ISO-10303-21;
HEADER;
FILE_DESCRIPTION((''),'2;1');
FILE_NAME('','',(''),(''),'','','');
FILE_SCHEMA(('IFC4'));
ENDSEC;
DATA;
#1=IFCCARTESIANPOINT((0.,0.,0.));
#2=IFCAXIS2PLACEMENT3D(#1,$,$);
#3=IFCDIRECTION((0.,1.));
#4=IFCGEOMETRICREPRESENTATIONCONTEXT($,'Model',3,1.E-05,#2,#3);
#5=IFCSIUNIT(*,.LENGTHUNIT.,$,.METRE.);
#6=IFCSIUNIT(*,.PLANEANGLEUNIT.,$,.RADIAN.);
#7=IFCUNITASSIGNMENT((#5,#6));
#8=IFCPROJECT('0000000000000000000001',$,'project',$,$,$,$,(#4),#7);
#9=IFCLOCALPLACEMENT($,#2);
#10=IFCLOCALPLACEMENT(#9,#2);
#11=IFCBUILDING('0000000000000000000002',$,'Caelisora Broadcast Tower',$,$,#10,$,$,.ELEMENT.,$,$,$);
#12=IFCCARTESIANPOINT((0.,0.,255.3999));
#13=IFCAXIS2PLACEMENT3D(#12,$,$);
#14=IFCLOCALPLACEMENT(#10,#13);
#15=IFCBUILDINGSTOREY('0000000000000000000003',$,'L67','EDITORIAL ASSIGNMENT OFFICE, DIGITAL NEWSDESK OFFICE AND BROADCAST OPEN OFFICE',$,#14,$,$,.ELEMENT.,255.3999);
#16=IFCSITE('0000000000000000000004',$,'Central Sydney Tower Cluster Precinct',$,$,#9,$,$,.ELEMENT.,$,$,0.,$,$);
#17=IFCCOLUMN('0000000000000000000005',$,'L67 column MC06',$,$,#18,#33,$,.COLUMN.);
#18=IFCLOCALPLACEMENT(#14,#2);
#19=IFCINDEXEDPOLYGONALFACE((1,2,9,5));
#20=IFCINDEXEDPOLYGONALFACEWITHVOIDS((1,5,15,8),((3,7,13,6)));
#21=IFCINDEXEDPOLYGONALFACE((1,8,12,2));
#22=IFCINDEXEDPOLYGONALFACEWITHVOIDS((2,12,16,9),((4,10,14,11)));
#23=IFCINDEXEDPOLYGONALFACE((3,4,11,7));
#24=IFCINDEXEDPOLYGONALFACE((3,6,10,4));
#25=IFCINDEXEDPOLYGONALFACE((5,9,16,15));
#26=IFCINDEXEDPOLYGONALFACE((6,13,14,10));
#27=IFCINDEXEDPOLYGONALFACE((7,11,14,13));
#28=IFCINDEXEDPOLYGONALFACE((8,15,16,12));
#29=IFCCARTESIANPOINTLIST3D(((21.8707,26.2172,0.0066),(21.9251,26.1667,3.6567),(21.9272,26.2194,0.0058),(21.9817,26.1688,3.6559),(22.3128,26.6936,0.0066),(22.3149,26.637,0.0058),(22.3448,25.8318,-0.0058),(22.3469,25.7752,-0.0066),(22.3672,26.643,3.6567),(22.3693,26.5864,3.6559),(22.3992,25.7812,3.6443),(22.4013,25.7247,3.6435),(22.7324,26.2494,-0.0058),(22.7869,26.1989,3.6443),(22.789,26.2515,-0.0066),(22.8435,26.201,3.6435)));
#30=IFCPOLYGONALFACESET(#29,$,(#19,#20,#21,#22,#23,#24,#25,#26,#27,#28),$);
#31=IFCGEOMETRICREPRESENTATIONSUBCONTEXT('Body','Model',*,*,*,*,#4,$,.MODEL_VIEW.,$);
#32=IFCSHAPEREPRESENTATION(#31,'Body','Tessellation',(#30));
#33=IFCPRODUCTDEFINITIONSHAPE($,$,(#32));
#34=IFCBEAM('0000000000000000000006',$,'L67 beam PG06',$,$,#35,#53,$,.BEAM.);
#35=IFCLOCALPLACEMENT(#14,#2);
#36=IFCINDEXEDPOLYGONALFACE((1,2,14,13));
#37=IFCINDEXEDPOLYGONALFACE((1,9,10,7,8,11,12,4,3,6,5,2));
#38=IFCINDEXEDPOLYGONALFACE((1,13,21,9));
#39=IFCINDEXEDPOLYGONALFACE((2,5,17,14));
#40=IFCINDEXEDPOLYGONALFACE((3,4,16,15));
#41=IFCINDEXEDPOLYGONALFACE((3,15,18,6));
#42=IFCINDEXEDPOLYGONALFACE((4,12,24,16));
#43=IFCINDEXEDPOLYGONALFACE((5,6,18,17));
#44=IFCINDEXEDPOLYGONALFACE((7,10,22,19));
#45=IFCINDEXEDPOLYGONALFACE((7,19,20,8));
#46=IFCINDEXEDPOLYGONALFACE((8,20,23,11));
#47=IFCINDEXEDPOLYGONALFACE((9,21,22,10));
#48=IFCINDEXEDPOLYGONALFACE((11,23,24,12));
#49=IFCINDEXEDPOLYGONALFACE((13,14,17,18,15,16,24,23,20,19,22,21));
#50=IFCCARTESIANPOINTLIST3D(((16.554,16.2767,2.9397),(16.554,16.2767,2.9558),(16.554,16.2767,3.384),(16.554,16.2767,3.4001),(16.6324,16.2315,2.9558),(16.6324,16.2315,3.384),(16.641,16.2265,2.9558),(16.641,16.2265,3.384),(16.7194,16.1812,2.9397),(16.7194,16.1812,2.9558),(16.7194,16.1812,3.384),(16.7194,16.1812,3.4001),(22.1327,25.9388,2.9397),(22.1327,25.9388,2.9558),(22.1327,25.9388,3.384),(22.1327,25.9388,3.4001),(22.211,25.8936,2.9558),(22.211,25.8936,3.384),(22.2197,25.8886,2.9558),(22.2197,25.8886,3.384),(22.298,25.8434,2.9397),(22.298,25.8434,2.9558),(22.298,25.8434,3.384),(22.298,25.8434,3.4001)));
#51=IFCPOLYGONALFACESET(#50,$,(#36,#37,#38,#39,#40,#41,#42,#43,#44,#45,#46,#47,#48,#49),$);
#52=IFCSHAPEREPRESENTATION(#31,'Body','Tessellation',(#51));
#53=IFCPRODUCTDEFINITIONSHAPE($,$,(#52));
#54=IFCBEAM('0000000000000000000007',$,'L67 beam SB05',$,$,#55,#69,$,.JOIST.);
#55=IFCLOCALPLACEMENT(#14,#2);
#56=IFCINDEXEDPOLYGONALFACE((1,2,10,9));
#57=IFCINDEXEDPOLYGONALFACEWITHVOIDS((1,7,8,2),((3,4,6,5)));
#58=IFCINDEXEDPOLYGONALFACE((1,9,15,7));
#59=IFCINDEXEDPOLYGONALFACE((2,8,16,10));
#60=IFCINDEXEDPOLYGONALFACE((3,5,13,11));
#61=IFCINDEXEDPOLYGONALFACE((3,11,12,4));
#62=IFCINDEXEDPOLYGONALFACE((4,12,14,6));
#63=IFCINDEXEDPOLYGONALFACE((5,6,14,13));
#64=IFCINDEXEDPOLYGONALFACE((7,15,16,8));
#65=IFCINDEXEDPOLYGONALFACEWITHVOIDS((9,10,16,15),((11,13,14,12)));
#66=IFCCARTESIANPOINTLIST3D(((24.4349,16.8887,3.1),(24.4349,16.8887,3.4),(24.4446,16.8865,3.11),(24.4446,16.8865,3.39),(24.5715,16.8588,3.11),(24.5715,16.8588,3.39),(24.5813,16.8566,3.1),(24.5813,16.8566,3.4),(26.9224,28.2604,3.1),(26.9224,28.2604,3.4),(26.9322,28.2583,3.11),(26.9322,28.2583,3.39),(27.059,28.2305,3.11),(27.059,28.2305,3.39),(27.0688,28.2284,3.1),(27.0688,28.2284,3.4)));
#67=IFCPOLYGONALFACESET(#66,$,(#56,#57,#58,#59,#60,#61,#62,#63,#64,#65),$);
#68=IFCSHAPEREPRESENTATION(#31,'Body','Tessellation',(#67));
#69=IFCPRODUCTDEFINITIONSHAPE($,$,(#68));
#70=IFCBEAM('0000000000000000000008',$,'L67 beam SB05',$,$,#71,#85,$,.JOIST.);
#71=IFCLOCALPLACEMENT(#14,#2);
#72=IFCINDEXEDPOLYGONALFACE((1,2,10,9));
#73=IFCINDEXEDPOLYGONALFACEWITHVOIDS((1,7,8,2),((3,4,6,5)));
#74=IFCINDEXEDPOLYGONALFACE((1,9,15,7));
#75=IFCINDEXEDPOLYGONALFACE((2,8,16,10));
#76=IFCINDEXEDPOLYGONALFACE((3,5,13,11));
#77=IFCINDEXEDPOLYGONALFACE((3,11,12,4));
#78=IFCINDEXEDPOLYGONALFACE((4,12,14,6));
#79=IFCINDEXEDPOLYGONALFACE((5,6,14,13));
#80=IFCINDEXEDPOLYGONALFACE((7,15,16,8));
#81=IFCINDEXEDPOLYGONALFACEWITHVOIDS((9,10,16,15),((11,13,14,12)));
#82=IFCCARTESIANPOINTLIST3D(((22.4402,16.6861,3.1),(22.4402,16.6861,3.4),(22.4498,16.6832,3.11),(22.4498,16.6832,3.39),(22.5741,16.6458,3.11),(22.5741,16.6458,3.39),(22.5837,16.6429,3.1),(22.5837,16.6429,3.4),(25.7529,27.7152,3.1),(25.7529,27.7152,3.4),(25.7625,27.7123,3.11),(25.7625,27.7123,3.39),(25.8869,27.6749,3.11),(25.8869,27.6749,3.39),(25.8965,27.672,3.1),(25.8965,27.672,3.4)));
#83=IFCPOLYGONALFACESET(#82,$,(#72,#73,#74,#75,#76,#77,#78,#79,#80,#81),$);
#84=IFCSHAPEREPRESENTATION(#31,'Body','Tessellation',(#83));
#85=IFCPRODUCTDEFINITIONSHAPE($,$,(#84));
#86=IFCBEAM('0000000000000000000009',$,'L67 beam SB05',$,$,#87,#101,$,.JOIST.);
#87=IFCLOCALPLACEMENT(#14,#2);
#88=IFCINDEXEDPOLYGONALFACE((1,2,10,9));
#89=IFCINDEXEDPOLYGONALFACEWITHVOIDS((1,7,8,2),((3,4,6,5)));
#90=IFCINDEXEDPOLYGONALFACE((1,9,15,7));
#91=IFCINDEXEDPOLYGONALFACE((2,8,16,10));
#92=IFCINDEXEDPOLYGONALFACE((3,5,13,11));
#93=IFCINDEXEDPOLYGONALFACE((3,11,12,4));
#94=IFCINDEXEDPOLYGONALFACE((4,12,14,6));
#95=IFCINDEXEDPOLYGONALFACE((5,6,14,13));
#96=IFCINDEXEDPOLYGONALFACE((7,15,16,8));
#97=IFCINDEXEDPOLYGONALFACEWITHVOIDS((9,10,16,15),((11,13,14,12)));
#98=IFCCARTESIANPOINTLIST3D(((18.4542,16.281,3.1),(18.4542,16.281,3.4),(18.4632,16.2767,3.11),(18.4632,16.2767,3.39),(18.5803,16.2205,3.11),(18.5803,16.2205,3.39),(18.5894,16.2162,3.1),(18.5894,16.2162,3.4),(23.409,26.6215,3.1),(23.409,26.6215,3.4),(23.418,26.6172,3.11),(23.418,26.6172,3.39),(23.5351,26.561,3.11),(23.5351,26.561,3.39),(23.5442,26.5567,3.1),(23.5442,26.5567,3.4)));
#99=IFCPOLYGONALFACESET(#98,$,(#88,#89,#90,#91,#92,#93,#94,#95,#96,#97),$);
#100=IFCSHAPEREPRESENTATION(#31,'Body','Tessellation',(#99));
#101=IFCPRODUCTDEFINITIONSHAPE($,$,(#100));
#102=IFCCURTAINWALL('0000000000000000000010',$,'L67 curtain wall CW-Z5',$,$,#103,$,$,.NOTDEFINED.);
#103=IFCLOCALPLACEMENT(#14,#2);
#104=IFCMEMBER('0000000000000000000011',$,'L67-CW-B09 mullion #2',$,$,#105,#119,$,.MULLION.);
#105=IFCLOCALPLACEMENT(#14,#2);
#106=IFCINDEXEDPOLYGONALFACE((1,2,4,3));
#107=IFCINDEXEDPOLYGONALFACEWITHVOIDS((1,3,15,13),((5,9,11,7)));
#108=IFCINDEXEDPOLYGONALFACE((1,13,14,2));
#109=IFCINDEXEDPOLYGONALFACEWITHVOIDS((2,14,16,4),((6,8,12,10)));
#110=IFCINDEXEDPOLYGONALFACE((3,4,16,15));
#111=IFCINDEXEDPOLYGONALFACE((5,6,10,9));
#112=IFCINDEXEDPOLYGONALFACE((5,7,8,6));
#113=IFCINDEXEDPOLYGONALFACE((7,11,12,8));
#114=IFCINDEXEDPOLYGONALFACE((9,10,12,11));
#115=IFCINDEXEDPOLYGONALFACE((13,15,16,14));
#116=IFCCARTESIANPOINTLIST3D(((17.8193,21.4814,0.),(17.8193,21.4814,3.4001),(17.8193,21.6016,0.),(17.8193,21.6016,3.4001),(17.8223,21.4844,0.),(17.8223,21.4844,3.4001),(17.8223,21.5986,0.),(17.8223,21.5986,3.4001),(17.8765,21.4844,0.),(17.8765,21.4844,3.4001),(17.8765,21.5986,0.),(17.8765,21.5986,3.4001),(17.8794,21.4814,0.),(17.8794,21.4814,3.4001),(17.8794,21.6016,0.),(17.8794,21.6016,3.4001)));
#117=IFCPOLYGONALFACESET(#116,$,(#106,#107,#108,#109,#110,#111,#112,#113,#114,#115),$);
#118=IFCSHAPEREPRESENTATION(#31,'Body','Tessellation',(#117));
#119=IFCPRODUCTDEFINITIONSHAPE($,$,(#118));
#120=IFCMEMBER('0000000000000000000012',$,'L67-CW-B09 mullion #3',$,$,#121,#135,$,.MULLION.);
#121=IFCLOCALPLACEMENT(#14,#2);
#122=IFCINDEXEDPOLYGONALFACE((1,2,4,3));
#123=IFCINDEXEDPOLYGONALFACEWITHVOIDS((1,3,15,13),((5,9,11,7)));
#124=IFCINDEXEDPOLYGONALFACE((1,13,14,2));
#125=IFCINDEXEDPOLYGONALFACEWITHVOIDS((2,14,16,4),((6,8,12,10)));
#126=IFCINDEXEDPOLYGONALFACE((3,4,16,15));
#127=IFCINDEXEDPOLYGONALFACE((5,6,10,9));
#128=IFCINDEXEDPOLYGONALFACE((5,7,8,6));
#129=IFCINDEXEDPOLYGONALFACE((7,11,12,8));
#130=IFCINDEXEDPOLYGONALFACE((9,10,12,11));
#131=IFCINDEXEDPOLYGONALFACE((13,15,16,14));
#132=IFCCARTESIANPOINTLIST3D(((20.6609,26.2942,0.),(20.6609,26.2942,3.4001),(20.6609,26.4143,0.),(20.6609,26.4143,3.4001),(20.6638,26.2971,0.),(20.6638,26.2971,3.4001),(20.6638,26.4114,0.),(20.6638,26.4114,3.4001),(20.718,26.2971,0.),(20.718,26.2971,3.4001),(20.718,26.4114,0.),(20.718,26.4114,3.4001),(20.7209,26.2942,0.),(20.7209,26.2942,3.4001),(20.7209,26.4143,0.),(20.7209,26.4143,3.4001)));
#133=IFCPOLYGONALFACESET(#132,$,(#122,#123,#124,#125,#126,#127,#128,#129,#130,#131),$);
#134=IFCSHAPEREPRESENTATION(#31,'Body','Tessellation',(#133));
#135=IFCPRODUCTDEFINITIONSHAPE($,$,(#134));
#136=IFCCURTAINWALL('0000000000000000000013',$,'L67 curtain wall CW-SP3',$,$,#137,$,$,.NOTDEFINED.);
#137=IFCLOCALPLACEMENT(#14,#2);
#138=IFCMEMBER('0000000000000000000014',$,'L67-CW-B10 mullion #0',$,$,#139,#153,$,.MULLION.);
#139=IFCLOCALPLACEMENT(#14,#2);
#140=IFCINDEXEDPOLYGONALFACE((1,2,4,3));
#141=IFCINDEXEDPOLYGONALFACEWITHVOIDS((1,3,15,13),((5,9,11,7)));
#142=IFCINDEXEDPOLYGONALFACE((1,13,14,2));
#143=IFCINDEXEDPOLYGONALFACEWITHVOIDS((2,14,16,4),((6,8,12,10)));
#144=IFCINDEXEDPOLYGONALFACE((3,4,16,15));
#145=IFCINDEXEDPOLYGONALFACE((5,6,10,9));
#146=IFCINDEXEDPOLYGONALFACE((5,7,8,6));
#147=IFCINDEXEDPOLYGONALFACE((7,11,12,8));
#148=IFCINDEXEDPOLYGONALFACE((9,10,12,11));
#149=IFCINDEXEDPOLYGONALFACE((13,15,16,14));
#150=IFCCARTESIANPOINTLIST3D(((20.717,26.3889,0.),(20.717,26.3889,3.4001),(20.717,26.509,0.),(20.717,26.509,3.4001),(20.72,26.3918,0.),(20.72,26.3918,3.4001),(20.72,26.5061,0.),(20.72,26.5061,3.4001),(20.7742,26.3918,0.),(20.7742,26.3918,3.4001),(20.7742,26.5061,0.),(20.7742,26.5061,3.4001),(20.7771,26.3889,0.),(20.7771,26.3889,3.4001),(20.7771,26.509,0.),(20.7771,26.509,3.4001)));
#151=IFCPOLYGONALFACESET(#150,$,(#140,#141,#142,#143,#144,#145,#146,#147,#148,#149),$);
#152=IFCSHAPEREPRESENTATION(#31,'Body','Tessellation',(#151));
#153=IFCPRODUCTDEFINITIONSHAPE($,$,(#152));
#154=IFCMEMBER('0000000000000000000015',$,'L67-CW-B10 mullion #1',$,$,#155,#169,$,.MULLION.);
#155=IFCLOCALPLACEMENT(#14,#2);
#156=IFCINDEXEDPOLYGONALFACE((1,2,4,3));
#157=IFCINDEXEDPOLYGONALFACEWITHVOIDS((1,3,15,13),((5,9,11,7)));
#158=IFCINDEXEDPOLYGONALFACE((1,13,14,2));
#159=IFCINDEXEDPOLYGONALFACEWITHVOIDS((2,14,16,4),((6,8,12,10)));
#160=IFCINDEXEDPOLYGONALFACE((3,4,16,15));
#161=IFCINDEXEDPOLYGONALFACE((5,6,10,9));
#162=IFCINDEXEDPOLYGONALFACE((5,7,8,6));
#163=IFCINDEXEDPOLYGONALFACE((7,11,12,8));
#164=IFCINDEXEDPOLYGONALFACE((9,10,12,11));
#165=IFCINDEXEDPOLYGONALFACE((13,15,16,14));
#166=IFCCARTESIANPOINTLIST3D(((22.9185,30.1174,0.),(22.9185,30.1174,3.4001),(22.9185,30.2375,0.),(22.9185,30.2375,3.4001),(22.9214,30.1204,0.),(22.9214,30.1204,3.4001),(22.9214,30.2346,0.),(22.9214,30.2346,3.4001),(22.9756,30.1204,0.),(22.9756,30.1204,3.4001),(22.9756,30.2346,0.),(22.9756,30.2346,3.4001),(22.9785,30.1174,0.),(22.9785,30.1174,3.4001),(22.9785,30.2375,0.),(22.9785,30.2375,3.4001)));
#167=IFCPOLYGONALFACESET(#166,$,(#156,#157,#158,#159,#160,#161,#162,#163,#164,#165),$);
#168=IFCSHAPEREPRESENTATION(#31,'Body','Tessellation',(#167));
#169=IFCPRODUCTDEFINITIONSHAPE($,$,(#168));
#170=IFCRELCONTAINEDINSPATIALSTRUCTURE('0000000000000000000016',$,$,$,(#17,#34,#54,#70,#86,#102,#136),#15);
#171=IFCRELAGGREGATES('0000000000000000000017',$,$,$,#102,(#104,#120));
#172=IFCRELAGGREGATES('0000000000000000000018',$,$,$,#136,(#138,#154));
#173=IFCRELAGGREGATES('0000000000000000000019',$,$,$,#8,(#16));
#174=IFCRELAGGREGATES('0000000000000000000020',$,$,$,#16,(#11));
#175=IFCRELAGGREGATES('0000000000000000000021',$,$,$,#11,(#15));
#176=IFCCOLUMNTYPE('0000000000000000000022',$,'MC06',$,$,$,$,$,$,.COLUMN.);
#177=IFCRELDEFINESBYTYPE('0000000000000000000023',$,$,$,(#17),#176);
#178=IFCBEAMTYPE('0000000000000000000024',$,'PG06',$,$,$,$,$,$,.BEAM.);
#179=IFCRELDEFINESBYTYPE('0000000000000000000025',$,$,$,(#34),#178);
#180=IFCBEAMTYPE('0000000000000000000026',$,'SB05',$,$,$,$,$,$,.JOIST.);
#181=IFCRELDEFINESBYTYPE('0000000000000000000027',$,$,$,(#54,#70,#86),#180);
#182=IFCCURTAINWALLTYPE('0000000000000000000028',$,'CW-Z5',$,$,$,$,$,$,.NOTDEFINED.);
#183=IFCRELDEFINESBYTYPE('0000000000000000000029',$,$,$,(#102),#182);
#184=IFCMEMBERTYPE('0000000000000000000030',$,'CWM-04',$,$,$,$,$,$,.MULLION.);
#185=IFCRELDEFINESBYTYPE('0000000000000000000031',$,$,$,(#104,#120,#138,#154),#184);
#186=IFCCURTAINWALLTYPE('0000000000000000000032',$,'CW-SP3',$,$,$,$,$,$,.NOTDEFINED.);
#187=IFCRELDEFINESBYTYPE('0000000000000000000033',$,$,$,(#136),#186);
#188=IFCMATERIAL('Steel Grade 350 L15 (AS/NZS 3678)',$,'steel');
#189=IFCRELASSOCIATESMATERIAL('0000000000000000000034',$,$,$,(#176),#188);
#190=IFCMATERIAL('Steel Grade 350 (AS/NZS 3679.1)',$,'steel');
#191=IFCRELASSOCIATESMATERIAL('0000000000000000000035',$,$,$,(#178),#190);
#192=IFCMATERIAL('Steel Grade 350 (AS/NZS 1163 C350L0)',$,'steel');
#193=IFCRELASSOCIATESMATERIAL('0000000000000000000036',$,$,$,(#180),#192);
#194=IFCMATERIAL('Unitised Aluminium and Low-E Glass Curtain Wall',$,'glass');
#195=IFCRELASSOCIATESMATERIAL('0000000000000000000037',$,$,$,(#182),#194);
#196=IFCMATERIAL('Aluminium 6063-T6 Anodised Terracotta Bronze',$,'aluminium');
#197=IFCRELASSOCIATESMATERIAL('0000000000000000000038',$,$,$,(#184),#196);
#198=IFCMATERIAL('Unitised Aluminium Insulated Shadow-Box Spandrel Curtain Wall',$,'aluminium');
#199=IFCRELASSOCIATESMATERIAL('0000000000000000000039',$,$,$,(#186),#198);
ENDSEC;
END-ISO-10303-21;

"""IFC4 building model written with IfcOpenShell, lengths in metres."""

from ifc_helpers import new_model, si_unit, direction, frame, origin, origin_2d, place, context, subcontext, project, spatial, hollow_rectangle, i_section, extrude, source, transform, mapped, material, material_profile, profile_set, type_object, type_shapes, element, aggregate, save


model = new_model("IFC4")

# Units and contexts
model_context = context("Model", 3, precision=1e-05, world=origin(), true_north=direction((0.0, 1.0)))
body_context = subcontext(model_context, "Body", "Model", "MODEL_VIEW")
ifc_project = project(units=[si_unit("LENGTHUNIT", "METRE"), si_unit("PLANEANGLEUNIT", "RADIAN")], contexts=[model_context])

# Site, building, storey
site_placement = place(None, origin())
site = spatial("IfcSite", under=ifc_project, at=site_placement, Name="Central Sydney Tower Cluster Precinct", CompositionType="ELEMENT", RefElevation=0.0)
building_placement = place(site_placement, origin())
building = spatial("IfcBuilding", under=site, at=building_placement, Name="Caelisora Broadcast Tower", CompositionType="ELEMENT")
storey_placement = place(building_placement, frame((0.0, 0.0, 255.3999)))
storey = spatial("IfcBuildingStorey", under=building, at=storey_placement, Name="L67", Description="EDITORIAL ASSIGNMENT OFFICE, DIGITAL NEWSDESK OFFICE AND BROADCAST OPEN OFFICE", CompositionType="ELEMENT", Elevation=255.3999)

# Column
ifc_material_1 = material(Name="Steel Grade 350 L15 (AS/NZS 3678)", Category="steel")
ifc_material_profile_1 = material_profile(ifc_material_1, hollow_rectangle(XDim=0.6499, YDim=0.6499, WallThickness=0.04, at=origin_2d()), Name="Steel Grade 350 L15 (AS/NZS 3678)")
ifc_profile_set_1 = profile_set([ifc_material_profile_1], Name="Steel Grade 350 L15 (AS/NZS 3678)")
column_type = type_object("IfcColumnType", Name="MC06", PredefinedType="COLUMN", material=ifc_profile_set_1)
shared_shape_1 = source(origin(), body_context, "Body", "SweptSolid", [
    extrude(hollow_rectangle(XDim=0.6499, YDim=0.6499, WallThickness=0.04, at=origin_2d()), origin(), (0.0, 0.0, 1.0), 3.6509),
])
type_shapes(column_type, [shared_shape_1])
column_placement = place(storey_placement, frame((22.3298, 26.2344, 0.0), z_axis=(0.014912, -0.013842, 0.999793), x_axis=(0.680325, 0.732911, 0.0)))
element("IfcColumn", 1, at=column_placement, inside=storey, type_object=column_type, Name="L67 column MC06", PredefinedType="COLUMN", context=body_context, shape_type="MappedRepresentation", body=[
    mapped(shared_shape_1, transform((0.0, 0.0, 0.0), scale=1.0)),
])

# Beams
ifc_material_2 = material(Name="Steel Grade 350 (AS/NZS 3679.1)", Category="steel")
ifc_material_profile_2 = material_profile(ifc_material_2, i_section(OverallWidth=0.1909, OverallDepth=0.4604, WebThickness=0.01, FlangeThickness=0.0161, at=origin_2d()), Name="Steel Grade 350 (AS/NZS 3679.1)")
ifc_profile_set_2 = profile_set([ifc_material_profile_2], Name="Steel Grade 350 (AS/NZS 3679.1)")
beam_type_1 = type_object("IfcBeamType", Name="PG06", PredefinedType="BEAM", material=ifc_profile_set_2)
shared_shape_2 = source(origin(), body_context, "Body", "SweptSolid", [
    extrude(i_section(OverallWidth=0.1909, OverallDepth=0.4604, WebThickness=0.01, FlangeThickness=0.0161, at=origin_2d()), origin(), (0.0, 0.0, 1.0), 11.157),
])
type_shapes(beam_type_1, [shared_shape_2])
beam_1_placement = place(storey_placement, frame((22.2153, 25.8911, 3.1699), z_axis=(-0.500013, -0.866018, 0.0), x_axis=(0.866018, -0.500013, 0.0)))
element("IfcBeam", 2, at=beam_1_placement, inside=storey, type_object=beam_type_1, Name="L67 beam PG06", PredefinedType="BEAM", context=body_context, shape_type="MappedRepresentation", body=[
    mapped(shared_shape_2, transform((0.0, 0.0, 0.0), scale=1.0)),
])
ifc_material_3 = material(Name="Steel Grade 350 (AS/NZS 1163 C350L0)", Category="steel")
ifc_material_profile_3 = material_profile(ifc_material_3, hollow_rectangle(XDim=0.1499, YDim=0.3, WallThickness=0.01, at=origin_2d()), Name="Steel Grade 350 (AS/NZS 1163 C350L0)")
ifc_profile_set_3 = profile_set([ifc_material_profile_3], Name="Steel Grade 350 (AS/NZS 1163 C350L0)")
beam_type_2 = type_object("IfcBeamType", Name="SB05", PredefinedType="JOIST", material=ifc_profile_set_3)
shared_shape_3 = source(origin(), body_context, "Body", "SweptSolid", [
    extrude(hollow_rectangle(XDim=0.1499, YDim=0.3, WallThickness=0.01, at=origin_2d()), origin(), (0.0, 0.0, 1.0), 11.6406),
])
beam_2_placement = place(storey_placement, frame((26.9956, 28.2444, 3.25), z_axis=(-0.213694, -0.976901, 0.0), x_axis=(0.976901, -0.213694, 0.0)))
element("IfcBeam", 3, at=beam_2_placement, inside=storey, type_object=beam_type_2, Name="L67 beam SB05", PredefinedType="JOIST", context=body_context, shape_type="MappedRepresentation", body=[
    mapped(shared_shape_3, transform((0.0, 0.0, 0.0), scale=1.0)),
])
shared_shape_4 = source(origin(), body_context, "Body", "SweptSolid", [
    extrude(hollow_rectangle(XDim=0.1499, YDim=0.3, WallThickness=0.01, at=origin_2d()), origin(), (0.0, 0.0, 1.0), 11.5159),
])
beam_3_placement = place(storey_placement, frame((25.8247, 27.6936, 3.25), z_axis=(-0.287669, -0.95773, 0.0), x_axis=(0.95773, -0.287669, 0.0)))
element("IfcBeam", 4, at=beam_3_placement, inside=storey, type_object=beam_type_2, Name="L67 beam SB05", PredefinedType="JOIST", context=body_context, shape_type="MappedRepresentation", body=[
    mapped(shared_shape_4, transform((0.0, 0.0, 0.0), scale=1.0)),
])
shared_shape_5 = source(origin(), body_context, "Body", "SweptSolid", [
    extrude(hollow_rectangle(XDim=0.1499, YDim=0.3, WallThickness=0.01, at=origin_2d()), origin(), (0.0, 0.0, 1.0), 11.4663),
])
type_shapes(beam_type_2, [shared_shape_3, shared_shape_4, shared_shape_5])
beam_4_placement = place(storey_placement, frame((23.4766, 26.5891, 3.25), z_axis=(-0.432118, -0.901817, 0.0), x_axis=(0.901817, -0.432118, 0.0)))
element("IfcBeam", 5, at=beam_4_placement, inside=storey, type_object=beam_type_2, Name="L67 beam SB05", PredefinedType="JOIST", context=body_context, shape_type="MappedRepresentation", body=[
    mapped(shared_shape_5, transform((0.0, 0.0, 0.0), scale=1.0)),
])

# Curtain walls, members
ifc_material_4 = material(Name="Unitised Aluminium and Low-E Glass Curtain Wall", Category="glass")
curtain_wall_type_1 = type_object("IfcCurtainWallType", Name="CW-Z5", PredefinedType="NOTDEFINED", material=ifc_material_4)
curtain_wall_1_placement = place(storey_placement, origin())
curtain_wall_1 = element("IfcCurtainWall", 6, at=curtain_wall_1_placement, inside=storey, type_object=curtain_wall_type_1, Name="L67 curtain wall CW-Z5", PredefinedType="NOTDEFINED")
ifc_material_5 = material(Name="Aluminium 6063-T6 Anodised Terracotta Bronze", Category="aluminium")
ifc_material_profile_4 = material_profile(ifc_material_5, hollow_rectangle(XDim=0.0601, YDim=0.1201, WallThickness=0.0029, at=origin_2d()), Name="Aluminium 6063-T6 Anodised Terracotta Bronze")
ifc_profile_set_4 = profile_set([ifc_material_profile_4], Name="Aluminium 6063-T6 Anodised Terracotta Bronze")
member_type_1 = type_object("IfcMemberType", Name="CWM-04", PredefinedType="MULLION", material=ifc_profile_set_4)
shared_shape_6 = source(origin(), body_context, "Body", "SweptSolid", [
    extrude(hollow_rectangle(XDim=0.0601, YDim=0.1201, WallThickness=0.0029, at=origin_2d()), origin(), (0.0, 0.0, 1.0), 3.4001),
])
type_shapes(member_type_1, [shared_shape_6])
member_1_placement = place(storey_placement, frame((17.8494, 21.5415, 0.0), z_axis=(0.0, 0.0, 1.0), x_axis=(1.0, 0.0, 0.0)))
member_1 = element("IfcMember", 7, at=member_1_placement, type_object=member_type_1, Name="L67-CW-B09 mullion #2", PredefinedType="MULLION", context=body_context, shape_type="MappedRepresentation", body=[
    mapped(shared_shape_6, transform((0.0, 0.0, 0.0), scale=1.0)),
])
member_2_placement = place(storey_placement, frame((20.6909, 26.3542, 0.0), z_axis=(0.0, 0.0, 1.0), x_axis=(1.0, 0.0, 0.0)))
member_2 = element("IfcMember", 8, at=member_2_placement, type_object=member_type_1, Name="L67-CW-B09 mullion #3", PredefinedType="MULLION", context=body_context, shape_type="MappedRepresentation", body=[
    mapped(shared_shape_6, transform((0.0, 0.0, 0.0), scale=1.0)),
])
ifc_material_6 = material(Name="Unitised Aluminium Insulated Shadow-Box Spandrel Curtain Wall", Category="aluminium")
curtain_wall_type_2 = type_object("IfcCurtainWallType", Name="CW-SP3", PredefinedType="NOTDEFINED", material=ifc_material_6)
curtain_wall_2_placement = place(storey_placement, origin())
curtain_wall_2 = element("IfcCurtainWall", 9, at=curtain_wall_2_placement, inside=storey, type_object=curtain_wall_type_2, Name="L67 curtain wall CW-SP3", PredefinedType="NOTDEFINED")
member_3_placement = place(storey_placement, frame((20.7471, 26.449, 0.0), z_axis=(0.0, 0.0, 1.0), x_axis=(1.0, 0.0, 0.0)))
member_3 = element("IfcMember", 10, at=member_3_placement, type_object=member_type_1, Name="L67-CW-B10 mullion #0", PredefinedType="MULLION", context=body_context, shape_type="MappedRepresentation", body=[
    mapped(shared_shape_6, transform((0.0, 0.0, 0.0), scale=1.0)),
])
member_4_placement = place(storey_placement, frame((22.9485, 30.1775, 0.0), z_axis=(0.0, 0.0, 1.0), x_axis=(1.0, 0.0, 0.0)))
member_4 = element("IfcMember", 11, at=member_4_placement, type_object=member_type_1, Name="L67-CW-B10 mullion #1", PredefinedType="MULLION", context=body_context, shape_type="MappedRepresentation", body=[
    mapped(shared_shape_6, transform((0.0, 0.0, 0.0), scale=1.0)),
])

aggregate(curtain_wall_1, [member_1, member_2])
aggregate(curtain_wall_2, [member_3, member_4])

save(model, "model.ifc")
